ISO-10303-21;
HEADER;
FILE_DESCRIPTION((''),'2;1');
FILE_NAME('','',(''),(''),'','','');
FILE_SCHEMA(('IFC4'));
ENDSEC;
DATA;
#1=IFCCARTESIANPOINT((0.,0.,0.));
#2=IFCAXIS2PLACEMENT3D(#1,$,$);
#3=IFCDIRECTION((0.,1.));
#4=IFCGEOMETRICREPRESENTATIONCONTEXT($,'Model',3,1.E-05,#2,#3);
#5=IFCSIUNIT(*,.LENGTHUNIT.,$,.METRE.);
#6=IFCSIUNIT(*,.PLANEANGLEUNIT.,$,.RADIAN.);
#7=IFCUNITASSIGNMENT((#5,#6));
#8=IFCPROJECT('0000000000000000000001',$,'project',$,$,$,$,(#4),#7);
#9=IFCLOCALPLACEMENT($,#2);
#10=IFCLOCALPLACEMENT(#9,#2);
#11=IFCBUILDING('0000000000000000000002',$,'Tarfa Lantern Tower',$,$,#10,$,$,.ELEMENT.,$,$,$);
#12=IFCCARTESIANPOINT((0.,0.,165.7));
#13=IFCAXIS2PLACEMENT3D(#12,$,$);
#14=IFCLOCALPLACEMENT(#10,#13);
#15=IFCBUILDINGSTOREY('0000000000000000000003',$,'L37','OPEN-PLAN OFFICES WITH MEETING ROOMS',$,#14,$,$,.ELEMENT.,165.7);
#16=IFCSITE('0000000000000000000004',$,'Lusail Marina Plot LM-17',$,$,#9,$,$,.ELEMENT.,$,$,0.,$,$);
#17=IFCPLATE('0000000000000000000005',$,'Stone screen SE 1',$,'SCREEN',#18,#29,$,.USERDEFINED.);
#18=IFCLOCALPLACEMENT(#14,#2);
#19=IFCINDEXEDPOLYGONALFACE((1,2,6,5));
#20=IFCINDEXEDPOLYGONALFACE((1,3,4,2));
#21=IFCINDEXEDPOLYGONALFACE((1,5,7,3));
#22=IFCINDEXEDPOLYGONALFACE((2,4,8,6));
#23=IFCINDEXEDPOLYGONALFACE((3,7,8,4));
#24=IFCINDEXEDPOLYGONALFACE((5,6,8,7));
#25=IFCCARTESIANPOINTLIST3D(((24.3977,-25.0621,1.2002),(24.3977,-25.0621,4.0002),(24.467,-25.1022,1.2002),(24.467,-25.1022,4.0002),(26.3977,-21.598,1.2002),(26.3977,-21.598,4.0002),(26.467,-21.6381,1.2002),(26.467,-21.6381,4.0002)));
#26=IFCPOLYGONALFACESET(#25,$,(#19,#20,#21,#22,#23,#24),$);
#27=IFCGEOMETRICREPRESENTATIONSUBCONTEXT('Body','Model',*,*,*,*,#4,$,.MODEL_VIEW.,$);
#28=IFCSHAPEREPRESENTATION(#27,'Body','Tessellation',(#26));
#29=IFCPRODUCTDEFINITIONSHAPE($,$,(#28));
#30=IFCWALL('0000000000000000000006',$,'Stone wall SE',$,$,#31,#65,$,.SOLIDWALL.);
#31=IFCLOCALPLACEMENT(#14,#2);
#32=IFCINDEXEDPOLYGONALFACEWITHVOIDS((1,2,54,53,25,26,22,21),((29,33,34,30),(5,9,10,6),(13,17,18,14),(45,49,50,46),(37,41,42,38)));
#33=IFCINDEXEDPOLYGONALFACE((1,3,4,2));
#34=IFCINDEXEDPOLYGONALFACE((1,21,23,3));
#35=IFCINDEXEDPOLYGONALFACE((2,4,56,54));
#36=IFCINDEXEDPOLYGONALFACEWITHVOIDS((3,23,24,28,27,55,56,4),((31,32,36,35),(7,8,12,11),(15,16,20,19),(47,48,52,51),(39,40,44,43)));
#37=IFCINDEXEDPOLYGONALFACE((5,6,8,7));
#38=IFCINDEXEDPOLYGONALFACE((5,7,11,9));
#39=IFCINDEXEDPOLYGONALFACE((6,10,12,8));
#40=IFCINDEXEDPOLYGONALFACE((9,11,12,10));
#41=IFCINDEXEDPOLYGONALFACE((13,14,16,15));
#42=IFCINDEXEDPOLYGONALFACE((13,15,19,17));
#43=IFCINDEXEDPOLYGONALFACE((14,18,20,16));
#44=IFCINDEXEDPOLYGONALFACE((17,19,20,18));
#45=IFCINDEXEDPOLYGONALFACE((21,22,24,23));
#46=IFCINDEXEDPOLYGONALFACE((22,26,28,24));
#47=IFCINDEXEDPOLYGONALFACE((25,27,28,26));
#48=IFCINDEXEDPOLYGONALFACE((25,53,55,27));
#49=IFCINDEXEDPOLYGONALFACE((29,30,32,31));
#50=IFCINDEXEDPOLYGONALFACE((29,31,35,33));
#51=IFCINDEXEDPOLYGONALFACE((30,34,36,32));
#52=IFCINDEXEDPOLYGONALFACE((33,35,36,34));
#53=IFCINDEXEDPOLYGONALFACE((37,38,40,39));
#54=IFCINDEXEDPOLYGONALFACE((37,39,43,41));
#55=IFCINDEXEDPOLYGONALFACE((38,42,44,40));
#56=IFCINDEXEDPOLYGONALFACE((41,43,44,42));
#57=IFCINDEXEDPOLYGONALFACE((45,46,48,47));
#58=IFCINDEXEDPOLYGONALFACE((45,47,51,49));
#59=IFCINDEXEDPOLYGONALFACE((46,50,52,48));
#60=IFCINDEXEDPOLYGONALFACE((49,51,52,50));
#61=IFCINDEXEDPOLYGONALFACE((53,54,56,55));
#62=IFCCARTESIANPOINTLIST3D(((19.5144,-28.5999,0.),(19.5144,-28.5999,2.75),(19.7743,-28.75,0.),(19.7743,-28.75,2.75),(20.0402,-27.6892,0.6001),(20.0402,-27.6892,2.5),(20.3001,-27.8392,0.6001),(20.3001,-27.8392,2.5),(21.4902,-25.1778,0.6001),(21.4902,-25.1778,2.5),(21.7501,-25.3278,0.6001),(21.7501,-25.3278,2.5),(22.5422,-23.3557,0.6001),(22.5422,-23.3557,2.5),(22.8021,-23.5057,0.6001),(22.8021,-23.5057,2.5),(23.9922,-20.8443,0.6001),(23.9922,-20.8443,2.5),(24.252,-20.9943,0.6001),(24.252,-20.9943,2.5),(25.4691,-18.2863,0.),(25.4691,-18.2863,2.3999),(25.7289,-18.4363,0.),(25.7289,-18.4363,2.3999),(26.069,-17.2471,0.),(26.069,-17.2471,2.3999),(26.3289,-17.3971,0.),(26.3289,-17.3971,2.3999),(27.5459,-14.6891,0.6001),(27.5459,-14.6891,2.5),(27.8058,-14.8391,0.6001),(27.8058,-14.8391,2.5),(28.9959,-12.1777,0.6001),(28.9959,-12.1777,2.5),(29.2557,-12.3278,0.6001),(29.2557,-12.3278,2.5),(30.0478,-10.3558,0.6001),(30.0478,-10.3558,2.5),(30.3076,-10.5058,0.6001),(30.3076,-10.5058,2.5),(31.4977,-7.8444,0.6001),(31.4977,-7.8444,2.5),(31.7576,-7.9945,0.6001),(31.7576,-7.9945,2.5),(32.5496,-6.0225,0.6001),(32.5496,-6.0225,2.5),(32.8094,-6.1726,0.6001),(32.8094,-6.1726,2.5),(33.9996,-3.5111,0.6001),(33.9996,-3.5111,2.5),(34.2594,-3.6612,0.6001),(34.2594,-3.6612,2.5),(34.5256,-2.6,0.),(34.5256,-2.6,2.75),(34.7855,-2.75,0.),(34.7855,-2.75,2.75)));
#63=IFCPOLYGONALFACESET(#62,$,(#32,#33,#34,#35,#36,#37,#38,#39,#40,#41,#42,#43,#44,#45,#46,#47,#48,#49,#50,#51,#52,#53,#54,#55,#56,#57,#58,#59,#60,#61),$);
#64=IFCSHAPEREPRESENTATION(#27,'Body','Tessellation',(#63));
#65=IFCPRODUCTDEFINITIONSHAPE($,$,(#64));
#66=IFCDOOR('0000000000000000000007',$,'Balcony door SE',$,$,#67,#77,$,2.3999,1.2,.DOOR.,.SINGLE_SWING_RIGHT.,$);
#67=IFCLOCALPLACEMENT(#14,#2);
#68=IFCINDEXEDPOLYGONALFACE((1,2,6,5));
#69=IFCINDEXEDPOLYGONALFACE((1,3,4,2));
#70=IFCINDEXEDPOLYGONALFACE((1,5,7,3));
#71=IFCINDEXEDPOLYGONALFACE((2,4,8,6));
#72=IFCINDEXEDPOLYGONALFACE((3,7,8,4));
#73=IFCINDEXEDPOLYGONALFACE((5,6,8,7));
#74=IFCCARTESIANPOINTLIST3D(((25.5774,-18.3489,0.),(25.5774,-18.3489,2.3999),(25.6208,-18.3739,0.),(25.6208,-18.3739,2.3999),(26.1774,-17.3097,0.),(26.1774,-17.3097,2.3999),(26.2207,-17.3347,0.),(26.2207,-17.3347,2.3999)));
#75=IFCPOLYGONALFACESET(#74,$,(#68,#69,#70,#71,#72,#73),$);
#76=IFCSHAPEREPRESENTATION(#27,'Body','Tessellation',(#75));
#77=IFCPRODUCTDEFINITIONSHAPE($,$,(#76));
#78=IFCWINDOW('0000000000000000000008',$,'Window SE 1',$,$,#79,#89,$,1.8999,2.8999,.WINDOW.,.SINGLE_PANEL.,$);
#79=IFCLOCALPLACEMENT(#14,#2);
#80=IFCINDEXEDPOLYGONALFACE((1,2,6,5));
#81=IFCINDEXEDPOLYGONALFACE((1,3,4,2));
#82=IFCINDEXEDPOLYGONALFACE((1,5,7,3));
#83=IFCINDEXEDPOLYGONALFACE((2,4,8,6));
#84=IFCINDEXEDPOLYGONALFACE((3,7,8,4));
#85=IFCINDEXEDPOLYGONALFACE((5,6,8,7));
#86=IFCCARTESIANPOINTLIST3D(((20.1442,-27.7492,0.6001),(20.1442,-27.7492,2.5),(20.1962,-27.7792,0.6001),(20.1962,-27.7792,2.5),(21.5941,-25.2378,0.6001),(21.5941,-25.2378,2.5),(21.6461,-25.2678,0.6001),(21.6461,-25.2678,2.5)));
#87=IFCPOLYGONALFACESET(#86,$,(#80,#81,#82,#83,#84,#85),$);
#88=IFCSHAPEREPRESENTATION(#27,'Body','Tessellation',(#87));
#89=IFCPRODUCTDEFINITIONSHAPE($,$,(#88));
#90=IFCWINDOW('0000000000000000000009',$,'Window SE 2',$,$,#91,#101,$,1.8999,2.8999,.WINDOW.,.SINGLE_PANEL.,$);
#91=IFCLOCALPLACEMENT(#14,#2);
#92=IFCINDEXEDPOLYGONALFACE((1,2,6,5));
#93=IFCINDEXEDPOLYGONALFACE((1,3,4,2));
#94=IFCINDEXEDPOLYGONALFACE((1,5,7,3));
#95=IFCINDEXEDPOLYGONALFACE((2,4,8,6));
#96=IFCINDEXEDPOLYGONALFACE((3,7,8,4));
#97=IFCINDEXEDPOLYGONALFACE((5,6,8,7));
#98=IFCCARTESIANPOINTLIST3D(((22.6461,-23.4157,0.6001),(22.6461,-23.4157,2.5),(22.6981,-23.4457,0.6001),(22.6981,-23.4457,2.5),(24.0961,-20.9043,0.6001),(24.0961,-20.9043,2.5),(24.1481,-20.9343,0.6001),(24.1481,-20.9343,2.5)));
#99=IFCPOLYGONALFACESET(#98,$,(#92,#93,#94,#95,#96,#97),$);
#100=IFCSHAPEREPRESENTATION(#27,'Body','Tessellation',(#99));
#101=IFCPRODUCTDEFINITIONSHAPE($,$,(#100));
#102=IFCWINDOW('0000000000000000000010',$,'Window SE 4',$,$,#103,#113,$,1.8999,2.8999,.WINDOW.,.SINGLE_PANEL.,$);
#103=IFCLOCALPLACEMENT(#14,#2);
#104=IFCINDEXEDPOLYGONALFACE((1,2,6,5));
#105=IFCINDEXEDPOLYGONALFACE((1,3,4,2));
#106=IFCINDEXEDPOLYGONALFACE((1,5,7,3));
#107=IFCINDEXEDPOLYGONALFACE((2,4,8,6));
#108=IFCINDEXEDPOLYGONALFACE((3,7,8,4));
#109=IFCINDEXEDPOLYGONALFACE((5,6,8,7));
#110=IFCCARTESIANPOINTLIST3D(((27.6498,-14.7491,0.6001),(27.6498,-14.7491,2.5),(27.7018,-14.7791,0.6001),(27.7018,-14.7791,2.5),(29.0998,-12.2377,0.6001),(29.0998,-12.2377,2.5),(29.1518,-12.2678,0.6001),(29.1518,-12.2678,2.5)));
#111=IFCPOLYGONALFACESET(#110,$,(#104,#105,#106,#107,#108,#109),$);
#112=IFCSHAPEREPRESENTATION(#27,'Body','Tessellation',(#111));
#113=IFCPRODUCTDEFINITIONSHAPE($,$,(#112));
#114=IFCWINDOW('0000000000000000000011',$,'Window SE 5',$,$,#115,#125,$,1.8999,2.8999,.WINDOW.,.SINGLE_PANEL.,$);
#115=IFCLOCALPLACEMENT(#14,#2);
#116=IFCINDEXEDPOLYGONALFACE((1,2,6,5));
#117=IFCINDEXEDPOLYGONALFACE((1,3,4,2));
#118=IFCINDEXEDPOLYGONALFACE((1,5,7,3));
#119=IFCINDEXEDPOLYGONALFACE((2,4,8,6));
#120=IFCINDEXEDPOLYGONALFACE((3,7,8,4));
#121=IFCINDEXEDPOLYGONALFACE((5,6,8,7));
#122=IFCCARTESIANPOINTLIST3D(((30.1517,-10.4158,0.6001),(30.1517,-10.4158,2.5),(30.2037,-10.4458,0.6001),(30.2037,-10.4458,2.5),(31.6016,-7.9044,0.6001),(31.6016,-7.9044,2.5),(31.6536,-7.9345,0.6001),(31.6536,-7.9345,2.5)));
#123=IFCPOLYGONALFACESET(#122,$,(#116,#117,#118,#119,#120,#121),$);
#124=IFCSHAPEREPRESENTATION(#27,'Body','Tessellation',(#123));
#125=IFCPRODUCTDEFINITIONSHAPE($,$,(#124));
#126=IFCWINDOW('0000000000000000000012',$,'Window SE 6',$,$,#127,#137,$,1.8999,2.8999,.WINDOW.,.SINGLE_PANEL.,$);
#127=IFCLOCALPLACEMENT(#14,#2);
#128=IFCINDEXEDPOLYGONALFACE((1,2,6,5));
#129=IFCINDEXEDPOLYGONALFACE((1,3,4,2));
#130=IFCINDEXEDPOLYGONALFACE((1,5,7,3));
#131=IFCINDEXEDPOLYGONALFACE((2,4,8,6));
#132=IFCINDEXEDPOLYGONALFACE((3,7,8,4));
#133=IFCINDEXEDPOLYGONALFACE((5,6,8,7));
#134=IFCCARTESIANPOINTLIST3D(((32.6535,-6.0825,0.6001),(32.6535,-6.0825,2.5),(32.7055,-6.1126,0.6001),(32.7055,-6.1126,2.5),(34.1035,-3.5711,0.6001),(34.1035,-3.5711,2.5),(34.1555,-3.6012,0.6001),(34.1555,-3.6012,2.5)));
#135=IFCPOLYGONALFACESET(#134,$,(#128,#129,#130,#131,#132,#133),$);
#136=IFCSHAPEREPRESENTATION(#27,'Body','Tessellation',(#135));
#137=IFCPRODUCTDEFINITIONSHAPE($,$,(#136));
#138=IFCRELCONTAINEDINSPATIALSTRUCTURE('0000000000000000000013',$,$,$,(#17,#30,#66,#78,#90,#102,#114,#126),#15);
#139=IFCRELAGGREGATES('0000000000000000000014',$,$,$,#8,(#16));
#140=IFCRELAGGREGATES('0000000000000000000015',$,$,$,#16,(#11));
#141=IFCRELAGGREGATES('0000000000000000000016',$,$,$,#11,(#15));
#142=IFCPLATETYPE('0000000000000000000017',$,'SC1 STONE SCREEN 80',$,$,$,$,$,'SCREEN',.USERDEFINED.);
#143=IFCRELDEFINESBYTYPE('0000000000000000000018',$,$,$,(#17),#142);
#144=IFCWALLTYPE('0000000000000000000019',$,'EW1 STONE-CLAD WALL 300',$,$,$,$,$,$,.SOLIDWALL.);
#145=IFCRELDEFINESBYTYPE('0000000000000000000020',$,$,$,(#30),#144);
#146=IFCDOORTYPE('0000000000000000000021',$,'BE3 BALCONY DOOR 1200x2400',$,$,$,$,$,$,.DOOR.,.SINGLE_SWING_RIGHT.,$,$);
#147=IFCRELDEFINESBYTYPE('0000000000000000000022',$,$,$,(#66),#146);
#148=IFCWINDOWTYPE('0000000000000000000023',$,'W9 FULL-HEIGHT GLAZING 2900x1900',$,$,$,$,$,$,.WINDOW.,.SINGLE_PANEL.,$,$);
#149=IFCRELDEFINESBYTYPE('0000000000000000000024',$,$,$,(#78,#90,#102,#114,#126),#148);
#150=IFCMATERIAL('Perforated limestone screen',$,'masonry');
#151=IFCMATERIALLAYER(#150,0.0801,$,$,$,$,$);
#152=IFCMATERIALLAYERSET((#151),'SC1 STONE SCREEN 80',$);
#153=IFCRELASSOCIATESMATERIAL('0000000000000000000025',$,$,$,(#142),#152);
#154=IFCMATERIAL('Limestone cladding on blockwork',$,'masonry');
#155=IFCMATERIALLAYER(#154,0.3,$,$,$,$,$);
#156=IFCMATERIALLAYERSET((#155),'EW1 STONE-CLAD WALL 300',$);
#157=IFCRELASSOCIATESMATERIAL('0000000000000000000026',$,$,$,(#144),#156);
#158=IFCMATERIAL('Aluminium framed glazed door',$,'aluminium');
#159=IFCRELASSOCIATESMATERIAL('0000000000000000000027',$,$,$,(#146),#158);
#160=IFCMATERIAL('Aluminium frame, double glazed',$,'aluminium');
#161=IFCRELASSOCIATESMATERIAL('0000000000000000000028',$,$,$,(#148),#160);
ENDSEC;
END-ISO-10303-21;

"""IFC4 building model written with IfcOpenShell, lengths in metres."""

from ifc_helpers import new_model, si_unit, direction, frame, frame_2d, origin, origin_2d, place, context, subcontext, project, spatial, rectangle, extrude, material, layer, layer_set, type_object, element, fill, save


model = new_model("IFC4")

# Units and contexts
model_context = context("Model", 3, precision=1e-05, world=origin(), true_north=direction((0.0, 1.0)))
body_context = subcontext(model_context, "Body", "Model", "MODEL_VIEW")
ifc_project = project(units=[si_unit("LENGTHUNIT", "METRE"), si_unit("PLANEANGLEUNIT", "RADIAN")], contexts=[model_context])

# Site, building, storey
site_placement = place(None, origin())
site = spatial("IfcSite", under=ifc_project, at=site_placement, Name="Lusail Marina Plot LM-17", CompositionType="ELEMENT", RefElevation=0.0)
building_placement = place(site_placement, origin())
building = spatial("IfcBuilding", under=site, at=building_placement, Name="Tarfa Lantern Tower", CompositionType="ELEMENT")
storey_placement = place(building_placement, frame((0.0, 0.0, 165.7)))
storey = spatial("IfcBuildingStorey", under=building, at=storey_placement, Name="L37", Description="OPEN-PLAN OFFICES WITH MEETING ROOMS", CompositionType="ELEMENT", Elevation=165.7)

# Plate
ifc_material_1 = material(Name="Perforated limestone screen", Category="masonry")
ifc_layer_1 = layer(ifc_material_1, 0.0801)
ifc_layer_set_1 = layer_set([ifc_layer_1], Name="SC1 STONE SCREEN 80")
plate_type = type_object("IfcPlateType", Name="SC1 STONE SCREEN 80", ElementType="SCREEN", PredefinedType="USERDEFINED", material=ifc_layer_set_1)
plate_placement = place(storey_placement, frame((25.4324, -23.3501, 1.2002), z_axis=(0.0, 0.0, 1.0), x_axis=(0.5, 0.866025, 0.0)))
element("IfcPlate", 1, at=plate_placement, inside=storey, type_object=plate_type, Name="Stone screen SE 1", ObjectType="SCREEN", PredefinedType="USERDEFINED", context=body_context, shape_type="SweptSolid", body=[
    extrude(rectangle(XDim=4.0, YDim=0.0801, at=origin_2d()), origin(), (0.0, 0.0, 1.0), 2.8),
])

# Wall, openings, door, windows
ifc_material_2 = material(Name="Limestone cladding on blockwork", Category="masonry")
ifc_layer_2 = layer(ifc_material_2, 0.3)
ifc_layer_set_2 = layer_set([ifc_layer_2], Name="EW1 STONE-CLAD WALL 300")
wall_type_1 = type_object("IfcWallType", Name="EW1 STONE-CLAD WALL 300", PredefinedType="SOLIDWALL", material=ifc_layer_set_2)
wall_1_placement = place(storey_placement, frame((19.6443, -28.675, 0.0), z_axis=(0.0, 0.0, 1.0), x_axis=(0.500003, 0.866024, 0.0)))
wall_1 = element("IfcWall", 2, at=wall_1_placement, inside=storey, type_object=wall_type_1, Name="Stone wall SE", PredefinedType="SOLIDWALL", context=body_context, shape_type="SweptSolid", body=[
    extrude(rectangle(XDim=30.0222, YDim=0.3, at=frame_2d((15.0112, 0.0))), origin(), (0.0, 0.0, 1.0), 2.75),
])
opening_1_placement = place(wall_1_placement, frame((1.0518, 0.0, 0.6001)))
opening_1 = element("IfcOpeningElement", 3, at=opening_1_placement, cuts=wall_1, PredefinedType="OPENING", context=body_context, shape_type="SweptSolid", body=[
    extrude(rectangle(XDim=2.8999, YDim=1.8999, at=frame_2d((1.45, 0.95))), frame((0.0, 0.1599, 0.0), z_axis=(0.0, -1.0, 0.0), x_axis=(1.0, 0.0, 0.0)), (0.0, 0.0, 1.0), 0.3201),
])
opening_2_placement = place(wall_1_placement, frame((6.0557, 0.0, 0.6001)))
opening_2 = element("IfcOpeningElement", 4, at=opening_2_placement, cuts=wall_1, PredefinedType="OPENING", context=body_context, shape_type="SweptSolid", body=[
    extrude(rectangle(XDim=2.8999, YDim=1.8999, at=frame_2d((1.45, 0.95))), frame((0.0, 0.1599, 0.0), z_axis=(0.0, -1.0, 0.0), x_axis=(1.0, 0.0, 0.0)), (0.0, 0.0, 1.0), 0.3201),
])
opening_3_placement = place(wall_1_placement, frame((11.9092, 0.0, 0.0)))
opening_3 = element("IfcOpeningElement", 5, at=opening_3_placement, cuts=wall_1, PredefinedType="OPENING", context=body_context, shape_type="SweptSolid", body=[
    extrude(rectangle(XDim=1.2, YDim=2.3999, at=frame_2d((0.6001, 1.2))), frame((0.0, 0.1599, 0.0), z_axis=(0.0, -1.0, 0.0), x_axis=(1.0, 0.0, 0.0)), (0.0, 0.0, 1.0), 0.3201),
])
opening_4_placement = place(wall_1_placement, frame((16.063, 0.0, 0.6001)))
opening_4 = element("IfcOpeningElement", 6, at=opening_4_placement, cuts=wall_1, PredefinedType="OPENING", context=body_context, shape_type="SweptSolid", body=[
    extrude(rectangle(XDim=2.8999, YDim=1.8999, at=frame_2d((1.45, 0.95))), frame((0.0, 0.1599, 0.0), z_axis=(0.0, -1.0, 0.0), x_axis=(1.0, 0.0, 0.0)), (0.0, 0.0, 1.0), 0.3201),
])
opening_5_placement = place(wall_1_placement, frame((21.0667, 0.0, 0.6001)))
opening_5 = element("IfcOpeningElement", 7, at=opening_5_placement, cuts=wall_1, PredefinedType="OPENING", context=body_context, shape_type="SweptSolid", body=[
    extrude(rectangle(XDim=2.8999, YDim=1.8999, at=frame_2d((1.45, 0.95))), frame((0.0, 0.1599, 0.0), z_axis=(0.0, -1.0, 0.0), x_axis=(1.0, 0.0, 0.0)), (0.0, 0.0, 1.0), 0.3201),
])
opening_6_placement = place(wall_1_placement, frame((26.0703, 0.0, 0.6001)))
opening_6 = element("IfcOpeningElement", 8, at=opening_6_placement, cuts=wall_1, PredefinedType="OPENING", context=body_context, shape_type="SweptSolid", body=[
    extrude(rectangle(XDim=2.8999, YDim=1.8999, at=frame_2d((1.45, 0.95))), frame((0.0, 0.1599, 0.0), z_axis=(0.0, -1.0, 0.0), x_axis=(1.0, 0.0, 0.0)), (0.0, 0.0, 1.0), 0.3201),
])
ifc_material_3 = material(Name="Aluminium framed glazed door", Category="aluminium")
door_type_1 = type_object("IfcDoorType", Name="BE3 BALCONY DOOR 1200x2400", OperationType="SINGLE_SWING_RIGHT", PredefinedType="DOOR", material=ifc_material_3)
door_1_placement = place(opening_3_placement, origin())
door_1 = element("IfcDoor", 9, at=door_1_placement, inside=storey, type_object=door_type_1, Name="Balcony door SE", OperationType="SINGLE_SWING_RIGHT", OverallHeight=2.3999, OverallWidth=1.2, PredefinedType="DOOR", context=body_context, shape_type="SweptSolid", body=[
    extrude(rectangle(XDim=1.2, YDim=2.3999, at=frame_2d((0.6001, 1.2))), frame((0.0, 0.0249, 0.0), z_axis=(0.0, -1.0, 0.0), x_axis=(1.0, 0.0, 0.0)), (0.0, 0.0, 1.0), 0.05),
])
fill(opening_3, door_1)
ifc_material_4 = material(Name="Aluminium frame, double glazed", Category="aluminium")
window_type = type_object("IfcWindowType", Name="W9 FULL-HEIGHT GLAZING 2900x1900", PartitioningType="SINGLE_PANEL", PredefinedType="WINDOW", material=ifc_material_4)
window_1_placement = place(opening_1_placement, origin())
window_1 = element("IfcWindow", 10, at=window_1_placement, inside=storey, type_object=window_type, Name="Window SE 1", OverallHeight=1.8999, OverallWidth=2.8999, PartitioningType="SINGLE_PANEL", PredefinedType="WINDOW", context=body_context, shape_type="SweptSolid", body=[
    extrude(rectangle(XDim=2.8999, YDim=1.8999, at=frame_2d((1.45, 0.95))), frame((0.0, 0.03, 0.0), z_axis=(0.0, -1.0, 0.0), x_axis=(1.0, 0.0, 0.0)), (0.0, 0.0, 1.0), 0.0601),
])
fill(opening_1, window_1)
window_2_placement = place(opening_2_placement, origin())
window_2 = element("IfcWindow", 11, at=window_2_placement, inside=storey, type_object=window_type, Name="Window SE 2", OverallHeight=1.8999, OverallWidth=2.8999, PartitioningType="SINGLE_PANEL", PredefinedType="WINDOW", context=body_context, shape_type="SweptSolid", body=[
    extrude(rectangle(XDim=2.8999, YDim=1.8999, at=frame_2d((1.45, 0.95))), frame((0.0, 0.03, 0.0), z_axis=(0.0, -1.0, 0.0), x_axis=(1.0, 0.0, 0.0)), (0.0, 0.0, 1.0), 0.0601),
])
fill(opening_2, window_2)
window_3_placement = place(opening_4_placement, origin())
window_3 = element("IfcWindow", 12, at=window_3_placement, inside=storey, type_object=window_type, Name="Window SE 4", OverallHeight=1.8999, OverallWidth=2.8999, PartitioningType="SINGLE_PANEL", PredefinedType="WINDOW", context=body_context, shape_type="SweptSolid", body=[
    extrude(rectangle(XDim=2.8999, YDim=1.8999, at=frame_2d((1.45, 0.95))), frame((0.0, 0.03, 0.0), z_axis=(0.0, -1.0, 0.0), x_axis=(1.0, 0.0, 0.0)), (0.0, 0.0, 1.0), 0.0601),
])
fill(opening_4, window_3)
window_4_placement = place(opening_5_placement, origin())
window_4 = element("IfcWindow", 13, at=window_4_placement, inside=storey, type_object=window_type, Name="Window SE 5", OverallHeight=1.8999, OverallWidth=2.8999, PartitioningType="SINGLE_PANEL", PredefinedType="WINDOW", context=body_context, shape_type="SweptSolid", body=[
    extrude(rectangle(XDim=2.8999, YDim=1.8999, at=frame_2d((1.45, 0.95))), frame((0.0, 0.03, 0.0), z_axis=(0.0, -1.0, 0.0), x_axis=(1.0, 0.0, 0.0)), (0.0, 0.0, 1.0), 0.0601),
])
fill(opening_5, window_4)
window_5_placement = place(opening_6_placement, origin())
window_5 = element("IfcWindow", 14, at=window_5_placement, inside=storey, type_object=window_type, Name="Window SE 6", OverallHeight=1.8999, OverallWidth=2.8999, PartitioningType="SINGLE_PANEL", PredefinedType="WINDOW", context=body_context, shape_type="SweptSolid", body=[
    extrude(rectangle(XDim=2.8999, YDim=1.8999, at=frame_2d((1.45, 0.95))), frame((0.0, 0.03, 0.0), z_axis=(0.0, -1.0, 0.0), x_axis=(1.0, 0.0, 0.0)), (0.0, 0.0, 1.0), 0.0601),
])
fill(opening_6, window_5)

save(model, "model.ifc")
